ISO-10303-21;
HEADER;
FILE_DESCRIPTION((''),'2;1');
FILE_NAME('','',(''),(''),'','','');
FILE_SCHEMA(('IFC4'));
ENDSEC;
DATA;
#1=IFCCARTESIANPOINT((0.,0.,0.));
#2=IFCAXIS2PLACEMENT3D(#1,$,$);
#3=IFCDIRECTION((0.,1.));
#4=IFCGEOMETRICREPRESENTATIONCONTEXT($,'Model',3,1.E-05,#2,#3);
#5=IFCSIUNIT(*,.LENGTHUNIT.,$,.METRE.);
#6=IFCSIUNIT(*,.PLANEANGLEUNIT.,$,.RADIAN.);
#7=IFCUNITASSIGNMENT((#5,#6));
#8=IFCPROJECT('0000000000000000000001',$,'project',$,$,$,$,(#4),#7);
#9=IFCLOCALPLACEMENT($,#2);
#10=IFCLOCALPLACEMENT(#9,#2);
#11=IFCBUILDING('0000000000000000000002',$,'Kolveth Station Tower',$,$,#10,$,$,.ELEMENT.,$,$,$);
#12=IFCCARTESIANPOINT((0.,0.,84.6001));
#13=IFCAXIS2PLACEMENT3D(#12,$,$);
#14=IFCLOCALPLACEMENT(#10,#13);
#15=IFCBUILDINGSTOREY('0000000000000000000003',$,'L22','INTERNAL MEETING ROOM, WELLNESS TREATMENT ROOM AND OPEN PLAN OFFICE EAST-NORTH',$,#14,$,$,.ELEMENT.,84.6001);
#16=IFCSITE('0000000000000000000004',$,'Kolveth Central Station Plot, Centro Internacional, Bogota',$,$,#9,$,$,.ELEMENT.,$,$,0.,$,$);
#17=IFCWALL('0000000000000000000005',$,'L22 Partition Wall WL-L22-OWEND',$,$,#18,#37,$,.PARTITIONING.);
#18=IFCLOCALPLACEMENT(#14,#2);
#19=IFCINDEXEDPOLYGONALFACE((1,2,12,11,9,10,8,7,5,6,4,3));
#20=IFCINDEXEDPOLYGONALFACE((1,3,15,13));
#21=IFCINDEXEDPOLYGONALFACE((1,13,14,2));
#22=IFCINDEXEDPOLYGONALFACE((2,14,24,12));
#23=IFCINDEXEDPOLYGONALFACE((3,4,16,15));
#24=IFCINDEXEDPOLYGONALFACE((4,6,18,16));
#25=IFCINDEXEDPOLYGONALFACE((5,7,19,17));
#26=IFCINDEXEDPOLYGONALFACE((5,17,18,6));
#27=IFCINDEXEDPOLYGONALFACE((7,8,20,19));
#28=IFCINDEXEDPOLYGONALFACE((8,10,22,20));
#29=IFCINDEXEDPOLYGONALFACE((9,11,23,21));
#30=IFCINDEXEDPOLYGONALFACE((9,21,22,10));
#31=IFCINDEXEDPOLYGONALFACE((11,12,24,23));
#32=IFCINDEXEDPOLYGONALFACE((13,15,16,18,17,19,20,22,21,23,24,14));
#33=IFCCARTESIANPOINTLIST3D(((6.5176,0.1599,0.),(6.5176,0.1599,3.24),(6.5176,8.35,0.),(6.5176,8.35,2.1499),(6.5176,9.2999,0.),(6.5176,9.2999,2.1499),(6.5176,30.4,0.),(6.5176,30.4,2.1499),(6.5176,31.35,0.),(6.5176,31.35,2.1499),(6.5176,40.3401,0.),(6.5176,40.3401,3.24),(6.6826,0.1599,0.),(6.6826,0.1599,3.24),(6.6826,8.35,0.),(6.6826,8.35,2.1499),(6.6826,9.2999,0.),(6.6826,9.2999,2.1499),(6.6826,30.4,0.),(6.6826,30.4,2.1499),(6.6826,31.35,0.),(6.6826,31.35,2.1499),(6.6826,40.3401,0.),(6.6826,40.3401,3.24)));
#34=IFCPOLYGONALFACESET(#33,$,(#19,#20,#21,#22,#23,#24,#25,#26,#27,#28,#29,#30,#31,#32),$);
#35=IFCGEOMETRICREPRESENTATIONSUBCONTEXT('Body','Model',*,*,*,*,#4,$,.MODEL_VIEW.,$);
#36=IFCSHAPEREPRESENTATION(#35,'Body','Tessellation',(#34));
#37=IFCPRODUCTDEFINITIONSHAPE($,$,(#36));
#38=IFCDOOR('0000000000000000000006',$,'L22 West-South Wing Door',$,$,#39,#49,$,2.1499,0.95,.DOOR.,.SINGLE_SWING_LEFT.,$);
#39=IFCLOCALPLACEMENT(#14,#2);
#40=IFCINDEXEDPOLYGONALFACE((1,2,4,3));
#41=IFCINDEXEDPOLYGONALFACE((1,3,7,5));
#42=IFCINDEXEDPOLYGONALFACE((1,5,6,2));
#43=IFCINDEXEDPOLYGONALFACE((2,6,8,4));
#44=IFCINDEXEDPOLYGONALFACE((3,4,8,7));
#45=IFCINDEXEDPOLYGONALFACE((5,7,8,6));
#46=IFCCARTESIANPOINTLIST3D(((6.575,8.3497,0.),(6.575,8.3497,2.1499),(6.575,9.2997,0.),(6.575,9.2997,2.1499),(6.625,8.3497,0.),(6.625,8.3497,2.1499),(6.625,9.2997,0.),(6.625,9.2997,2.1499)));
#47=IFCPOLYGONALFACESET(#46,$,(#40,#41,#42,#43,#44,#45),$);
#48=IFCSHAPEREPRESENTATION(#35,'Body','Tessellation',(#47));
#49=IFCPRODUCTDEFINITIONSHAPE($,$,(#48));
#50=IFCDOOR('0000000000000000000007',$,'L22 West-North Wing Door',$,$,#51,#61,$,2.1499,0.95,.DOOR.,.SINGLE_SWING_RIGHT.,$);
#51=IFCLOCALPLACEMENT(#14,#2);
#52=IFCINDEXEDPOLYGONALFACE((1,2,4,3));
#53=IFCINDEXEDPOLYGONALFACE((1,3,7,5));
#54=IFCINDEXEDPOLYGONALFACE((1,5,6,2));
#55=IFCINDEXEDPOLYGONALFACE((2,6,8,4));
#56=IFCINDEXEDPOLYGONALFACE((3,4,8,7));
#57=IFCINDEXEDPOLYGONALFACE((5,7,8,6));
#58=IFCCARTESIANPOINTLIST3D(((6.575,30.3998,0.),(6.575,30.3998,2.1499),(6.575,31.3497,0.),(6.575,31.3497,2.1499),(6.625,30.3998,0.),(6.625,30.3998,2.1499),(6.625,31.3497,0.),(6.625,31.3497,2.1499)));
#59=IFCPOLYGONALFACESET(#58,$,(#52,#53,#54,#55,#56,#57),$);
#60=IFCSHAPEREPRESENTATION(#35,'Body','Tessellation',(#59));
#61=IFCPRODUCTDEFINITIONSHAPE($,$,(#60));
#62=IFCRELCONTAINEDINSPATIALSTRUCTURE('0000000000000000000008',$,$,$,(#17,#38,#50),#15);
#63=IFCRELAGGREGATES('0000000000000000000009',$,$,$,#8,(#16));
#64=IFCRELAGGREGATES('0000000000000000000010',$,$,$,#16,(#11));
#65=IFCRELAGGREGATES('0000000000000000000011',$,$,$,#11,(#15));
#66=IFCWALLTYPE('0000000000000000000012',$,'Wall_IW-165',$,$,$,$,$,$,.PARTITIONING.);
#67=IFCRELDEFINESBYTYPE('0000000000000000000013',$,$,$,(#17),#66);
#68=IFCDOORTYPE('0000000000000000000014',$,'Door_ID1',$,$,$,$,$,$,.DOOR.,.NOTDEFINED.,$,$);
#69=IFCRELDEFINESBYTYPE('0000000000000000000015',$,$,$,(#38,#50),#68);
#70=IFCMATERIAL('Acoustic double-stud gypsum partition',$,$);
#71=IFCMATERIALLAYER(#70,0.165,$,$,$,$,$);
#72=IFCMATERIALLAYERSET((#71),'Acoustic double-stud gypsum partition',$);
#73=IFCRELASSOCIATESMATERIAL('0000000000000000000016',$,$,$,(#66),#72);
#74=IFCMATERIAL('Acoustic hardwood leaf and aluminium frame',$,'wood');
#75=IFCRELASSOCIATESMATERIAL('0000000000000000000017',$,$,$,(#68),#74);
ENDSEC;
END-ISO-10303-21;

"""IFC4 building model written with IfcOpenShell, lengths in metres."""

from ifc_helpers import new_model, si_unit, direction, frame, frame_2d, origin, place, context, subcontext, project, spatial, rectangle, extrude, material, layer, layer_set, type_object, element, fill, save


model = new_model("IFC4")

# Units and contexts
model_context = context("Model", 3, precision=1e-05, world=origin(), true_north=direction((0.0, 1.0)))
body_context = subcontext(model_context, "Body", "Model", "MODEL_VIEW")
ifc_project = project(units=[si_unit("LENGTHUNIT", "METRE"), si_unit("PLANEANGLEUNIT", "RADIAN")], contexts=[model_context])

# Site, building, storey
site_placement = place(None, origin())
site = spatial("IfcSite", under=ifc_project, at=site_placement, Name="Kolveth Central Station Plot, Centro Internacional, Bogota", CompositionType="ELEMENT", RefElevation=0.0)
building_placement = place(site_placement, origin())
building = spatial("IfcBuilding", under=site, at=building_placement, Name="Kolveth Station Tower", CompositionType="ELEMENT")
storey_placement = place(building_placement, frame((0.0, 0.0, 84.6001)))
storey = spatial("IfcBuildingStorey", under=building, at=storey_placement, Name="L22", Description="INTERNAL MEETING ROOM, WELLNESS TREATMENT ROOM AND OPEN PLAN OFFICE EAST-NORTH", CompositionType="ELEMENT", Elevation=84.6001)

# Wall, openings, doors
ifc_material_1 = material(Name="Acoustic double-stud gypsum partition")
ifc_layer = layer(ifc_material_1, 0.165)
ifc_layer_set = layer_set([ifc_layer], Name="Acoustic double-stud gypsum partition")
wall_type = type_object("IfcWallType", Name="Wall_IW-165", PredefinedType="PARTITIONING", material=ifc_layer_set)
ifc_material_2 = material(Name="Acoustic hardwood leaf and aluminium frame", Category="wood")
door_type_1 = type_object("IfcDoorType", Name="Door_ID1", OperationType="NOTDEFINED", PredefinedType="DOOR", material=ifc_material_2)
wall_1_placement = place(storey_placement, frame((6.6001, 0.1599, 0.0), z_axis=(0.0, 0.0, 1.0), x_axis=(0.0, 1.0, 0.0)))
wall_1 = element("IfcWall", 1, at=wall_1_placement, inside=storey, type_object=wall_type, Name="L22 Partition Wall WL-L22-OWEND", PredefinedType="PARTITIONING", context=body_context, shape_type="SweptSolid", body=[
    extrude(rectangle(XDim=40.1802, YDim=0.165, at=frame_2d((20.0901, 0.0))), origin(), (0.0, 0.0, 1.0), 3.24),
])
opening_1_placement = place(wall_1_placement, frame((8.1899, 0.0, 0.0)))
opening_1 = element("IfcOpeningElement", 2, at=opening_1_placement, cuts=wall_1, PredefinedType="OPENING", context=body_context, shape_type="SweptSolid", body=[
    extrude(rectangle(XDim=0.95, YDim=2.1499, at=frame_2d((0.4751, 1.075))), frame((0.0, 0.0925, 0.0), z_axis=(0.0, -1.0, 0.0), x_axis=(1.0, 0.0, 0.0)), (0.0, 0.0, 1.0), 0.1851),
])
opening_2_placement = place(wall_1_placement, frame((30.24, 0.0, 0.0)))
opening_2 = element("IfcOpeningElement", 3, at=opening_2_placement, cuts=wall_1, PredefinedType="OPENING", context=body_context, shape_type="SweptSolid", body=[
    extrude(rectangle(XDim=0.95, YDim=2.1499, at=frame_2d((0.4751, 1.075))), frame((0.0, 0.0925, 0.0), z_axis=(0.0, -1.0, 0.0), x_axis=(1.0, 0.0, 0.0)), (0.0, 0.0, 1.0), 0.1851),
])
door_1_placement = place(opening_1_placement, frame((0.95, 0.0, 0.0), z_axis=(0.0, 0.0, 1.0), x_axis=(-1.0, 0.0, 0.0)))
door_1 = element("IfcDoor", 4, at=door_1_placement, inside=storey, type_object=door_type_1, Name="L22 West-South Wing Door", OperationType="SINGLE_SWING_LEFT", OverallHeight=2.1499, OverallWidth=0.95, PredefinedType="DOOR", context=body_context, shape_type="SweptSolid", body=[
    extrude(rectangle(XDim=0.95, YDim=2.1499, at=frame_2d((0.4751, 1.075))), frame((0.0, 0.0249, 0.0), z_axis=(0.0, -1.0, 0.0), x_axis=(1.0, 0.0, 0.0)), (0.0, 0.0, 1.0), 0.05),
])
fill(opening_1, door_1)
door_2_placement = place(opening_2_placement, frame((0.95, 0.0, 0.0), z_axis=(0.0, 0.0, 1.0), x_axis=(-1.0, 0.0, 0.0)))
door_2 = element("IfcDoor", 5, at=door_2_placement, inside=storey, type_object=door_type_1, Name="L22 West-North Wing Door", OperationType="SINGLE_SWING_RIGHT", OverallHeight=2.1499, OverallWidth=0.95, PredefinedType="DOOR", context=body_context, shape_type="SweptSolid", body=[
    extrude(rectangle(XDim=0.95, YDim=2.1499, at=frame_2d((0.4751, 1.075))), frame((0.0, 0.0249, 0.0), z_axis=(0.0, -1.0, 0.0), x_axis=(1.0, 0.0, 0.0)), (0.0, 0.0, 1.0), 0.05),
])
fill(opening_2, door_2)

save(model, "model.ifc")
